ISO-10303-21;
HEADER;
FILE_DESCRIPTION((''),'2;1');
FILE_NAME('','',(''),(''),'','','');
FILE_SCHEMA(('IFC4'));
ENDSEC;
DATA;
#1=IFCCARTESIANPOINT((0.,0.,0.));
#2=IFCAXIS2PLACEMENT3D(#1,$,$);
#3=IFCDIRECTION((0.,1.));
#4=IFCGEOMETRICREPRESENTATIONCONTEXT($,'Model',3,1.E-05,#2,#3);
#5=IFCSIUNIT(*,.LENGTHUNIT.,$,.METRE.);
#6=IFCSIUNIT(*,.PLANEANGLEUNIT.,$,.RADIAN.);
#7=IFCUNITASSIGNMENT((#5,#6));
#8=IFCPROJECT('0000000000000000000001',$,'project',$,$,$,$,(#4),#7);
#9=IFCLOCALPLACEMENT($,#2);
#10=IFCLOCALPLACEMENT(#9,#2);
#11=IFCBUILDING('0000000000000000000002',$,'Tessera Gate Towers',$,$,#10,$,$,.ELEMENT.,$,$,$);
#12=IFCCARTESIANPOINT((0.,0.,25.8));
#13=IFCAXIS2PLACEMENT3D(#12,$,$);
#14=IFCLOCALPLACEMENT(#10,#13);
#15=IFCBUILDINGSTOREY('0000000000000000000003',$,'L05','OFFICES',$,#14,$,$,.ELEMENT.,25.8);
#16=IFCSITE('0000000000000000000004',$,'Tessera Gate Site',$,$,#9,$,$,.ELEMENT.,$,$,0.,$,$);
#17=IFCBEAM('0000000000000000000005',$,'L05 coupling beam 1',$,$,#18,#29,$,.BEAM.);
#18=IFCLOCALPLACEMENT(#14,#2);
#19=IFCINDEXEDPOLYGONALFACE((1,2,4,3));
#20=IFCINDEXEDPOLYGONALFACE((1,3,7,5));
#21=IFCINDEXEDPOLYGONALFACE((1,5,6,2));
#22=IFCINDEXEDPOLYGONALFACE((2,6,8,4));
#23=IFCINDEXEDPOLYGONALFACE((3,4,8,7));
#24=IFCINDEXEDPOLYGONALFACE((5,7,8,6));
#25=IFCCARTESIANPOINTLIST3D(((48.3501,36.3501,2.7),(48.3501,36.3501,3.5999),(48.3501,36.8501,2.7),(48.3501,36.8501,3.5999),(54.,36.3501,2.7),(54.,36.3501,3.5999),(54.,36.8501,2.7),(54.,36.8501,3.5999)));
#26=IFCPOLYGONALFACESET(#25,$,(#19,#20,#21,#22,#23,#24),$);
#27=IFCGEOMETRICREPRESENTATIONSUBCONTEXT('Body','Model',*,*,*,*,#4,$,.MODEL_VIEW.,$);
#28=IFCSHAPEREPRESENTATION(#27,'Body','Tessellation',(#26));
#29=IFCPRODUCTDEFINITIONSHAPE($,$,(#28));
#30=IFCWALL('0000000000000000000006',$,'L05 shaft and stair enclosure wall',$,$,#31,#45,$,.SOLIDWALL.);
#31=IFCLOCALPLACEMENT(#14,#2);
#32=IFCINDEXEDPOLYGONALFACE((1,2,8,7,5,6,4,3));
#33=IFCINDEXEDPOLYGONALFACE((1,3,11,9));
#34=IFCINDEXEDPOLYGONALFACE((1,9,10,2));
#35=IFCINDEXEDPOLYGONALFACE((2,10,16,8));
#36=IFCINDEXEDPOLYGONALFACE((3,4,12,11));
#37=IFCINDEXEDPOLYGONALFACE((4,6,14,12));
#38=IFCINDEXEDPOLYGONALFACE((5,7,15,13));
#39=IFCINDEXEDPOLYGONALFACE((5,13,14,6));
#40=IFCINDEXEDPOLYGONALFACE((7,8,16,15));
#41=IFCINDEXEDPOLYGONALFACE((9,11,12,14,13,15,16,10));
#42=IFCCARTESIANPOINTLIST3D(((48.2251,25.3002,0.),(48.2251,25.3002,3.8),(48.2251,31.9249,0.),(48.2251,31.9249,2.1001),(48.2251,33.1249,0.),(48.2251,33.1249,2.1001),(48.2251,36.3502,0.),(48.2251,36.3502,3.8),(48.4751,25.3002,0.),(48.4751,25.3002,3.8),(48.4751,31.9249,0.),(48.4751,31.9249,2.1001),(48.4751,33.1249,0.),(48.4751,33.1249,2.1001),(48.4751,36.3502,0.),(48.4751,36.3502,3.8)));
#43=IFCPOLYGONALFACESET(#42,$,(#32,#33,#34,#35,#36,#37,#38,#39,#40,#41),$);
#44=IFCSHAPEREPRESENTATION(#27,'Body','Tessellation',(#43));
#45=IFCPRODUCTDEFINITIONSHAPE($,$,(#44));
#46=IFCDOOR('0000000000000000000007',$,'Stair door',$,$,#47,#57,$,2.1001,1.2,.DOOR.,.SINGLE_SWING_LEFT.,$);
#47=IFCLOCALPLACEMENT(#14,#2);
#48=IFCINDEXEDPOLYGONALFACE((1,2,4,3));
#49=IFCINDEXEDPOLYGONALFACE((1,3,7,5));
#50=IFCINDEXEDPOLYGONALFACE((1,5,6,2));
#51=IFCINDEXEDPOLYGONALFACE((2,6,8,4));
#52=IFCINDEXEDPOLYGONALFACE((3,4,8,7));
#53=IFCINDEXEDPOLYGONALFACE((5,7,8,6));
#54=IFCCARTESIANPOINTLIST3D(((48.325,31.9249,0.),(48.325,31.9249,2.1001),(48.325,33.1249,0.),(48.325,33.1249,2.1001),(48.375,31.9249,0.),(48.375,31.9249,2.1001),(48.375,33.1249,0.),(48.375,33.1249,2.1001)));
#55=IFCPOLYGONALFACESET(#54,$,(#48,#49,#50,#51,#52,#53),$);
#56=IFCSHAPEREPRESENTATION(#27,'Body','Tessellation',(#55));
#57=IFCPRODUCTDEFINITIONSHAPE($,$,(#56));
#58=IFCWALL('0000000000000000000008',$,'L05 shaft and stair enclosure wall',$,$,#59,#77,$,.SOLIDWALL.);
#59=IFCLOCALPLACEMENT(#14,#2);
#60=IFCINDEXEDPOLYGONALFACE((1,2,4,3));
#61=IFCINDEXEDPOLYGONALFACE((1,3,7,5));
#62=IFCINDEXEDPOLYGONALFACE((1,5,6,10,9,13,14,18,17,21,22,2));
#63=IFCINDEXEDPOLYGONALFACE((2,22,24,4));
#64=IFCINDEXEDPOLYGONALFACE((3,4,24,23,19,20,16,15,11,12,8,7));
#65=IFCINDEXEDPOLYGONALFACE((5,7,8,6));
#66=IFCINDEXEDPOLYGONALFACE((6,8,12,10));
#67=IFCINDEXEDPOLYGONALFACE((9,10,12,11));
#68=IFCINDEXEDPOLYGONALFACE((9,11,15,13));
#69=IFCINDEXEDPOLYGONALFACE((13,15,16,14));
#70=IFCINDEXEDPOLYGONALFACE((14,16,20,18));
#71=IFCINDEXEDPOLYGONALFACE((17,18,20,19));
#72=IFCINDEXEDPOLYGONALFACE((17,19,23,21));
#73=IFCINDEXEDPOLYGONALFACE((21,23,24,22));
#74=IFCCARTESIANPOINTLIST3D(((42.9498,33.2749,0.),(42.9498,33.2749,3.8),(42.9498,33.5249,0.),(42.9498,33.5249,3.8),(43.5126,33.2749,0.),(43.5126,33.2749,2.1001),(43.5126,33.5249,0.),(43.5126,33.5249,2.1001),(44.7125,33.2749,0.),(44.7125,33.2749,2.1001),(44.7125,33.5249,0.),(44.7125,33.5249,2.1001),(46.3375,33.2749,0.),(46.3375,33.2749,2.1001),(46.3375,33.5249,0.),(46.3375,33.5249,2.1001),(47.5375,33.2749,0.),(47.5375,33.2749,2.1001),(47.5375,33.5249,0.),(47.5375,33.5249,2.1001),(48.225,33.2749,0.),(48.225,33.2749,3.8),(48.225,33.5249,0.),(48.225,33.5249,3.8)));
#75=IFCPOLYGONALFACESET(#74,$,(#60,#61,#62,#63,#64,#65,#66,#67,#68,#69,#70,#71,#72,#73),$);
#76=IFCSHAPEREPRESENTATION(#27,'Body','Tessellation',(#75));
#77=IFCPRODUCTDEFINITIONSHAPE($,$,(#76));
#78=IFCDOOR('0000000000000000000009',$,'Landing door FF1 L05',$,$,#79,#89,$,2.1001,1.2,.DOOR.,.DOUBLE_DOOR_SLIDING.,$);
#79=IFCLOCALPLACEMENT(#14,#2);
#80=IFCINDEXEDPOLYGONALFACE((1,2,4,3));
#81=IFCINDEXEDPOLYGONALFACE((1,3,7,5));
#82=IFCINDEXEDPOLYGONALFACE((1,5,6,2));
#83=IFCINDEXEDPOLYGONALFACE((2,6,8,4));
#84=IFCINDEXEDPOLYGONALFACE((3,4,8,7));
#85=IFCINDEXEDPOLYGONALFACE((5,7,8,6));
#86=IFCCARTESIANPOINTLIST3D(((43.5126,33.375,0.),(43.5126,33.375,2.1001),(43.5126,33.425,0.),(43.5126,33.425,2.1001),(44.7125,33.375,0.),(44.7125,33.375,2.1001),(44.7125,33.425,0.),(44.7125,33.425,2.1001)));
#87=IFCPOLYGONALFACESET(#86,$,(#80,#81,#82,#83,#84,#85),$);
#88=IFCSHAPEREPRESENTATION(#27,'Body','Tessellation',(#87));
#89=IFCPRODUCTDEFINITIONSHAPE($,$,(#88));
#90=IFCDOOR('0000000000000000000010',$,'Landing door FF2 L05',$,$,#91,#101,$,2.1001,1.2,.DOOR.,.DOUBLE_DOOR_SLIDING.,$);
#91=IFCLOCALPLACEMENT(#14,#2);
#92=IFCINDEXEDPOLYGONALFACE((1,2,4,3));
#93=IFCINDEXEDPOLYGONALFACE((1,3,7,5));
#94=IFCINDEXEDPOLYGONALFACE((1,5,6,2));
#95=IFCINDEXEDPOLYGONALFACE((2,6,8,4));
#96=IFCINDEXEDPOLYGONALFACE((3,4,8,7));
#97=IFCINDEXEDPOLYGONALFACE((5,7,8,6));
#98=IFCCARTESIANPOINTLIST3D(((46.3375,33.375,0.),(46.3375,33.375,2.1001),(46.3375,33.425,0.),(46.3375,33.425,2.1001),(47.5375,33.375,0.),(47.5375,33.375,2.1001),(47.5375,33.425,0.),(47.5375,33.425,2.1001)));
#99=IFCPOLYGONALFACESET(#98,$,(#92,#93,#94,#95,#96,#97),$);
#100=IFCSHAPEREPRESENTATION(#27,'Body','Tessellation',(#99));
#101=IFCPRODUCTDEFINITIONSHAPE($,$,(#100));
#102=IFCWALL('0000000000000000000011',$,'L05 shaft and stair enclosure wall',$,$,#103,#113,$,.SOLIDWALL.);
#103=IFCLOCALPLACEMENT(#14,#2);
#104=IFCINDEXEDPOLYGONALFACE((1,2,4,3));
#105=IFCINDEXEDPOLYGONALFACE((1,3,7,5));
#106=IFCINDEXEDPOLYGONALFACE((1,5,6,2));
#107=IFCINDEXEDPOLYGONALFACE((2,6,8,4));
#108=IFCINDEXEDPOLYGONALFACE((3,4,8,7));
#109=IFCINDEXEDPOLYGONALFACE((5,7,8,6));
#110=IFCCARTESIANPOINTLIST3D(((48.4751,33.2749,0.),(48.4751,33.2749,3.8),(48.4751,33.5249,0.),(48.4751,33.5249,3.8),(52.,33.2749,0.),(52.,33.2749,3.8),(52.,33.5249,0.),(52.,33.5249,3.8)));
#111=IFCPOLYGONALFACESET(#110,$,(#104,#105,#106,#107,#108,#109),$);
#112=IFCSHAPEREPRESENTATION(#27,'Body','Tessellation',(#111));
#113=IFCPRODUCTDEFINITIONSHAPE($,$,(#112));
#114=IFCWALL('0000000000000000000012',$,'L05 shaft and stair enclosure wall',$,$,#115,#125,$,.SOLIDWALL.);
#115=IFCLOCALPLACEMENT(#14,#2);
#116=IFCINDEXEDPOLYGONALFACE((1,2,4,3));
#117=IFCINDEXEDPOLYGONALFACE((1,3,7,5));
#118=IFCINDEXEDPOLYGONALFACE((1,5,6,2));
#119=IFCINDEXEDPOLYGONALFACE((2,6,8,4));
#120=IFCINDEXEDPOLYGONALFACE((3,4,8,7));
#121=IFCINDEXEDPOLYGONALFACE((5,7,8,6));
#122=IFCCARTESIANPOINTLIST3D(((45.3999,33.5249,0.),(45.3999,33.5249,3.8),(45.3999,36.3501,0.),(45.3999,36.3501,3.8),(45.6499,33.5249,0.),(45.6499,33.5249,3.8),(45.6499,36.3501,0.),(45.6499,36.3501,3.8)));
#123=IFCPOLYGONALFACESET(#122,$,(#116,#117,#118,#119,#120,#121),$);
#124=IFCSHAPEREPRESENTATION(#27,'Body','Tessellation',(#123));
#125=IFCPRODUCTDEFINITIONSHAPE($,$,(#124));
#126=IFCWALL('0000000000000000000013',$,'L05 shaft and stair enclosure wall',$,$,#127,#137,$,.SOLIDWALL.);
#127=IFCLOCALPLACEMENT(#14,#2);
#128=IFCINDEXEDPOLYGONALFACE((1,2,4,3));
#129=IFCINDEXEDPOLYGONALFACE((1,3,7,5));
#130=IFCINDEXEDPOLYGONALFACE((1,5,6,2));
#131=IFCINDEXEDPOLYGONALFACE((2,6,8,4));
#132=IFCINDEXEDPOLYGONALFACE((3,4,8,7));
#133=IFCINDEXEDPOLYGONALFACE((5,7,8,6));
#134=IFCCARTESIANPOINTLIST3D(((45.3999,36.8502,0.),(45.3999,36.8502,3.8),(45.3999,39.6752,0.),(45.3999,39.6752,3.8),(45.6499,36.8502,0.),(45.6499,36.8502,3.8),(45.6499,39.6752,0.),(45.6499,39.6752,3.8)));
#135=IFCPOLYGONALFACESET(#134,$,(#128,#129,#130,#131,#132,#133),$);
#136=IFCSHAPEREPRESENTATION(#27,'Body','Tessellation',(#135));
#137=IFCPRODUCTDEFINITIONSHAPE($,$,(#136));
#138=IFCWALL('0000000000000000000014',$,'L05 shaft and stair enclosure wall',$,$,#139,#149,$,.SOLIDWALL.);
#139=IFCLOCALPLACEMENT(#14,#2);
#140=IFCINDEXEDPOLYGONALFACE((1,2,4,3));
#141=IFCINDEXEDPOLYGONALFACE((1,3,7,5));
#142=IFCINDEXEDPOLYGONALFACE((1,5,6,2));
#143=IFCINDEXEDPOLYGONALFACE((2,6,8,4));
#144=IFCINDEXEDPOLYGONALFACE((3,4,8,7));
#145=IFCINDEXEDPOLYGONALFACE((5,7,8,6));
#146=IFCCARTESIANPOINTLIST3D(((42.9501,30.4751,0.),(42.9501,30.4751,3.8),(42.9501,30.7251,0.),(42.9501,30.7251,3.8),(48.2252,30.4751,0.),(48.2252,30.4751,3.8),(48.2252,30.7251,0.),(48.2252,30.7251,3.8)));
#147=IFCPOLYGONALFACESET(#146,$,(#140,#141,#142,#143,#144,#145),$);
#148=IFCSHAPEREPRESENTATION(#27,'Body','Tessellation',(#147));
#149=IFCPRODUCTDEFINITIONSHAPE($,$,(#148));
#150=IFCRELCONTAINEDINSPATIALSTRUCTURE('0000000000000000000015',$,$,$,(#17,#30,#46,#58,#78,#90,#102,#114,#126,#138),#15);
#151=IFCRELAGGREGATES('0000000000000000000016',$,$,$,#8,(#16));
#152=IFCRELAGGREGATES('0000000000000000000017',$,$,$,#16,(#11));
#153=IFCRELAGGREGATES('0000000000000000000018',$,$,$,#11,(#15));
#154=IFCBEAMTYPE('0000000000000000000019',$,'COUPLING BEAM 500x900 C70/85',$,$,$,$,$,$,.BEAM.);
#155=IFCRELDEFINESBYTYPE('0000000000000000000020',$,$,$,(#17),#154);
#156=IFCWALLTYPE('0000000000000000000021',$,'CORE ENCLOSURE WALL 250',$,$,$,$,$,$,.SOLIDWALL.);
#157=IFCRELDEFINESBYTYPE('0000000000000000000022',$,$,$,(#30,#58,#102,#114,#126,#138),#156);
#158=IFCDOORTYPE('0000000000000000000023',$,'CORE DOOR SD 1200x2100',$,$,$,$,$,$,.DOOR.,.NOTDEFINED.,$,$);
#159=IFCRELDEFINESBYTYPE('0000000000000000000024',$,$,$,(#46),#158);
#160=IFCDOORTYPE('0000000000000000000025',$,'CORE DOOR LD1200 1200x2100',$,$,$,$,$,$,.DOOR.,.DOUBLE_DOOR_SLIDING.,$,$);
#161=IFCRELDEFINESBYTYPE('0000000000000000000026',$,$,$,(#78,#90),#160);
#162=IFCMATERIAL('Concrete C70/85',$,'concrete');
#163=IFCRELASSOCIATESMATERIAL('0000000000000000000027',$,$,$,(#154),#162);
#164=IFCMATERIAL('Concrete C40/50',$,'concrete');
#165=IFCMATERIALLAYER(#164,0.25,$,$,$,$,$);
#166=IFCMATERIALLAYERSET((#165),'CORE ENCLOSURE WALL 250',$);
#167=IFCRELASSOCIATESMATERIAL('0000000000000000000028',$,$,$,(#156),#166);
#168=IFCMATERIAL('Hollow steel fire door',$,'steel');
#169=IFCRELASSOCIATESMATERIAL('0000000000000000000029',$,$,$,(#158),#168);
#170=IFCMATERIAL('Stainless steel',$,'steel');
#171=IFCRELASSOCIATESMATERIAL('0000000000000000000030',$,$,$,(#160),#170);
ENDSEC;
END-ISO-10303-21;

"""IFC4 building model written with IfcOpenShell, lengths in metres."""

from ifc_helpers import new_model, si_unit, direction, frame, frame_2d, origin, origin_2d, place, context, subcontext, project, spatial, rectangle, extrude, source, transform, mapped, material, layer, layer_set, material_profile, profile_set, type_object, element, fill, save


model = new_model("IFC4")

# Units and contexts
model_context = context("Model", 3, precision=1e-05, world=origin(), true_north=direction((0.0, 1.0)))
body_context = subcontext(model_context, "Body", "Model", "MODEL_VIEW")
ifc_project = project(units=[si_unit("LENGTHUNIT", "METRE"), si_unit("PLANEANGLEUNIT", "RADIAN")], contexts=[model_context])

# Site, building, storey
site_placement = place(None, origin())
site = spatial("IfcSite", under=ifc_project, at=site_placement, Name="Tessera Gate Site", CompositionType="ELEMENT", RefElevation=0.0)
building_placement = place(site_placement, origin())
building = spatial("IfcBuilding", under=site, at=building_placement, Name="Tessera Gate Towers", CompositionType="ELEMENT")
storey_placement = place(building_placement, frame((0.0, 0.0, 25.8)))
storey = spatial("IfcBuildingStorey", under=building, at=storey_placement, Name="L05", Description="OFFICES", CompositionType="ELEMENT", Elevation=25.8)

# Beam
ifc_material_1 = material(Name="Concrete C70/85", Category="concrete")
ifc_material_profile = material_profile(ifc_material_1, rectangle(XDim=0.5, YDim=0.8999, at=origin_2d()), Name="RC 500x900")
ifc_profile_set = profile_set([ifc_material_profile], Name="Concrete C70/85")
beam_type = type_object("IfcBeamType", Name="COUPLING BEAM 500x900 C70/85", PredefinedType="BEAM", material=ifc_profile_set)
beam_placement = place(storey_placement, frame((48.3501, 36.6001, 3.1499), z_axis=(1.0, 0.0, 0.0), x_axis=(0.0, 1.0, 0.0)))
element("IfcBeam", 1, at=beam_placement, inside=storey, type_object=beam_type, Name="L05 coupling beam 1", PredefinedType="BEAM", context=body_context, shape_type="SweptSolid", body=[
    extrude(rectangle(XDim=0.5, YDim=0.8999, at=origin_2d()), origin(), (0.0, 0.0, 1.0), 5.6499),
])

# Wall, opening, door
ifc_material_2 = material(Name="Concrete C40/50", Category="concrete")
ifc_layer_1 = layer(ifc_material_2, 0.25)
ifc_layer_set_1 = layer_set([ifc_layer_1], Name="CORE ENCLOSURE WALL 250")
wall_type_1 = type_object("IfcWallType", Name="CORE ENCLOSURE WALL 250", PredefinedType="SOLIDWALL", material=ifc_layer_set_1)
wall_1_placement = place(storey_placement, frame((48.3501, 36.3501, 0.0), z_axis=(0.0, 0.0, 1.0), x_axis=(0.0, -1.0, 0.0)))
wall_1 = element("IfcWall", 2, at=wall_1_placement, inside=storey, type_object=wall_type_1, Name="L05 shaft and stair enclosure wall", PredefinedType="SOLIDWALL", context=body_context, shape_type="SweptSolid", body=[
    extrude(rectangle(XDim=11.05, YDim=0.25, at=frame_2d((5.5249, 0.0))), origin(), (0.0, 0.0, 1.0), 3.8),
])
shared_shape_1 = source(origin(), body_context, "Body", "SweptSolid", [
    extrude(rectangle(XDim=1.2, YDim=2.1001, at=frame_2d((0.6001, 1.05))), frame((0.0, 0.135, 0.0), z_axis=(0.0, -1.0, 0.0), x_axis=(1.0, 0.0, 0.0)), (0.0, 0.0, 1.0), 0.27),
])
opening_1_placement = place(wall_1_placement, frame((3.2251, 0.0, 0.0)))
opening_1 = element("IfcOpeningElement", 3, at=opening_1_placement, cuts=wall_1, PredefinedType="OPENING", context=body_context, shape_type="MappedRepresentation", body=[
    mapped(shared_shape_1, transform((0.0, 0.0, 0.0), scale=1.0)),
])
ifc_material_3 = material(Name="Hollow steel fire door", Category="steel")
door_type_1 = type_object("IfcDoorType", Name="CORE DOOR SD 1200x2100", OperationType="NOTDEFINED", PredefinedType="DOOR", material=ifc_material_3)
shared_shape_2 = source(origin(), body_context, "Body", "SweptSolid", [
    extrude(rectangle(XDim=1.2, YDim=2.1001, at=frame_2d((0.6001, 1.05))), frame((0.0, 0.0249, 0.0), z_axis=(0.0, -1.0, 0.0), x_axis=(1.0, 0.0, 0.0)), (0.0, 0.0, 1.0), 0.05),
])
door_1_placement = place(opening_1_placement, origin())
door_1 = element("IfcDoor", 4, at=door_1_placement, inside=storey, type_object=door_type_1, Name="Stair door", OperationType="SINGLE_SWING_LEFT", OverallHeight=2.1001, OverallWidth=1.2, PredefinedType="DOOR", context=body_context, shape_type="MappedRepresentation", body=[
    mapped(shared_shape_2, transform((0.0, 0.0, 0.0), scale=1.0)),
])
fill(opening_1, door_1)

# Wall, openings, doors
wall_2_placement = place(storey_placement, frame((48.2251, 33.3999, 0.0), z_axis=(0.0, 0.0, 1.0), x_axis=(-1.0, 0.0, 0.0)))
wall_2 = element("IfcWall", 5, at=wall_2_placement, inside=storey, type_object=wall_type_1, Name="L05 shaft and stair enclosure wall", PredefinedType="SOLIDWALL", context=body_context, shape_type="SweptSolid", body=[
    extrude(rectangle(XDim=5.2751, YDim=0.25, at=frame_2d((2.6377, 0.0))), origin(), (0.0, 0.0, 1.0), 3.8),
])
opening_2_placement = place(wall_2_placement, frame((3.5125, 0.0, 0.0)))
opening_2 = element("IfcOpeningElement", 6, at=opening_2_placement, cuts=wall_2, PredefinedType="OPENING", context=body_context, shape_type="MappedRepresentation", body=[
    mapped(shared_shape_1, transform((0.0, 0.0, 0.0), scale=1.0)),
])
opening_3_placement = place(wall_2_placement, frame((0.6875, 0.0, 0.0)))
opening_3 = element("IfcOpeningElement", 7, at=opening_3_placement, cuts=wall_2, PredefinedType="OPENING", context=body_context, shape_type="MappedRepresentation", body=[
    mapped(shared_shape_1, transform((0.0, 0.0, 0.0), scale=1.0)),
])
ifc_material_4 = material(Name="Stainless steel", Category="steel")
door_type_2 = type_object("IfcDoorType", Name="CORE DOOR LD1200 1200x2100", OperationType="DOUBLE_DOOR_SLIDING", PredefinedType="DOOR", material=ifc_material_4)
door_2_placement = place(opening_2_placement, origin())
door_2 = element("IfcDoor", 8, at=door_2_placement, inside=storey, type_object=door_type_2, Name="Landing door FF1 L05", OperationType="DOUBLE_DOOR_SLIDING", OverallHeight=2.1001, OverallWidth=1.2, PredefinedType="DOOR", context=body_context, shape_type="MappedRepresentation", body=[
    mapped(shared_shape_2, transform((0.0, 0.0, 0.0), scale=1.0)),
])
fill(opening_2, door_2)
door_3_placement = place(opening_3_placement, origin())
door_3 = element("IfcDoor", 9, at=door_3_placement, inside=storey, type_object=door_type_2, Name="Landing door FF2 L05", OperationType="DOUBLE_DOOR_SLIDING", OverallHeight=2.1001, OverallWidth=1.2, PredefinedType="DOOR", context=body_context, shape_type="MappedRepresentation", body=[
    mapped(shared_shape_2, transform((0.0, 0.0, 0.0), scale=1.0)),
])
fill(opening_3, door_3)

# Walls
wall_3_placement = place(storey_placement, frame((48.4751, 33.3999, 0.0), z_axis=(0.0, 0.0, 1.0), x_axis=(1.0, 0.0, 0.0)))
element("IfcWall", 10, at=wall_3_placement, inside=storey, type_object=wall_type_1, Name="L05 shaft and stair enclosure wall", PredefinedType="SOLIDWALL", context=body_context, shape_type="SweptSolid", body=[
    extrude(rectangle(XDim=3.5249, YDim=0.25, at=frame_2d((1.7625, 0.0))), origin(), (0.0, 0.0, 1.0), 3.8),
])
wall_4_placement = place(storey_placement, frame((45.5249, 33.5249, 0.0), z_axis=(0.0, 0.0, 1.0), x_axis=(0.0, 1.0, 0.0)))
element("IfcWall", 11, at=wall_4_placement, inside=storey, type_object=wall_type_1, Name="L05 shaft and stair enclosure wall", PredefinedType="SOLIDWALL", context=body_context, shape_type="SweptSolid", body=[
    extrude(rectangle(XDim=2.8252, YDim=0.25, at=frame_2d((1.4126, 0.0))), origin(), (0.0, 0.0, 1.0), 3.8),
])
wall_5_placement = place(storey_placement, frame((45.5249, 36.8501, 0.0), z_axis=(0.0, 0.0, 1.0), x_axis=(0.0, 1.0, 0.0)))
element("IfcWall", 12, at=wall_5_placement, inside=storey, type_object=wall_type_1, Name="L05 shaft and stair enclosure wall", PredefinedType="SOLIDWALL", context=body_context, shape_type="SweptSolid", body=[
    extrude(rectangle(XDim=2.825, YDim=0.25, at=frame_2d((1.4126, 0.0))), origin(), (0.0, 0.0, 1.0), 3.8),
])
wall_6_placement = place(storey_placement, frame((42.95, 30.6001, 0.0), z_axis=(0.0, 0.0, 1.0), x_axis=(1.0, 0.0, 0.0)))
element("IfcWall", 13, at=wall_6_placement, inside=storey, type_object=wall_type_1, Name="L05 shaft and stair enclosure wall", PredefinedType="SOLIDWALL", context=body_context, shape_type="SweptSolid", body=[
    extrude(rectangle(XDim=5.2751, YDim=0.25, at=frame_2d((2.6377, 0.0))), origin(), (0.0, 0.0, 1.0), 3.8),
])

save(model, "model.ifc")
